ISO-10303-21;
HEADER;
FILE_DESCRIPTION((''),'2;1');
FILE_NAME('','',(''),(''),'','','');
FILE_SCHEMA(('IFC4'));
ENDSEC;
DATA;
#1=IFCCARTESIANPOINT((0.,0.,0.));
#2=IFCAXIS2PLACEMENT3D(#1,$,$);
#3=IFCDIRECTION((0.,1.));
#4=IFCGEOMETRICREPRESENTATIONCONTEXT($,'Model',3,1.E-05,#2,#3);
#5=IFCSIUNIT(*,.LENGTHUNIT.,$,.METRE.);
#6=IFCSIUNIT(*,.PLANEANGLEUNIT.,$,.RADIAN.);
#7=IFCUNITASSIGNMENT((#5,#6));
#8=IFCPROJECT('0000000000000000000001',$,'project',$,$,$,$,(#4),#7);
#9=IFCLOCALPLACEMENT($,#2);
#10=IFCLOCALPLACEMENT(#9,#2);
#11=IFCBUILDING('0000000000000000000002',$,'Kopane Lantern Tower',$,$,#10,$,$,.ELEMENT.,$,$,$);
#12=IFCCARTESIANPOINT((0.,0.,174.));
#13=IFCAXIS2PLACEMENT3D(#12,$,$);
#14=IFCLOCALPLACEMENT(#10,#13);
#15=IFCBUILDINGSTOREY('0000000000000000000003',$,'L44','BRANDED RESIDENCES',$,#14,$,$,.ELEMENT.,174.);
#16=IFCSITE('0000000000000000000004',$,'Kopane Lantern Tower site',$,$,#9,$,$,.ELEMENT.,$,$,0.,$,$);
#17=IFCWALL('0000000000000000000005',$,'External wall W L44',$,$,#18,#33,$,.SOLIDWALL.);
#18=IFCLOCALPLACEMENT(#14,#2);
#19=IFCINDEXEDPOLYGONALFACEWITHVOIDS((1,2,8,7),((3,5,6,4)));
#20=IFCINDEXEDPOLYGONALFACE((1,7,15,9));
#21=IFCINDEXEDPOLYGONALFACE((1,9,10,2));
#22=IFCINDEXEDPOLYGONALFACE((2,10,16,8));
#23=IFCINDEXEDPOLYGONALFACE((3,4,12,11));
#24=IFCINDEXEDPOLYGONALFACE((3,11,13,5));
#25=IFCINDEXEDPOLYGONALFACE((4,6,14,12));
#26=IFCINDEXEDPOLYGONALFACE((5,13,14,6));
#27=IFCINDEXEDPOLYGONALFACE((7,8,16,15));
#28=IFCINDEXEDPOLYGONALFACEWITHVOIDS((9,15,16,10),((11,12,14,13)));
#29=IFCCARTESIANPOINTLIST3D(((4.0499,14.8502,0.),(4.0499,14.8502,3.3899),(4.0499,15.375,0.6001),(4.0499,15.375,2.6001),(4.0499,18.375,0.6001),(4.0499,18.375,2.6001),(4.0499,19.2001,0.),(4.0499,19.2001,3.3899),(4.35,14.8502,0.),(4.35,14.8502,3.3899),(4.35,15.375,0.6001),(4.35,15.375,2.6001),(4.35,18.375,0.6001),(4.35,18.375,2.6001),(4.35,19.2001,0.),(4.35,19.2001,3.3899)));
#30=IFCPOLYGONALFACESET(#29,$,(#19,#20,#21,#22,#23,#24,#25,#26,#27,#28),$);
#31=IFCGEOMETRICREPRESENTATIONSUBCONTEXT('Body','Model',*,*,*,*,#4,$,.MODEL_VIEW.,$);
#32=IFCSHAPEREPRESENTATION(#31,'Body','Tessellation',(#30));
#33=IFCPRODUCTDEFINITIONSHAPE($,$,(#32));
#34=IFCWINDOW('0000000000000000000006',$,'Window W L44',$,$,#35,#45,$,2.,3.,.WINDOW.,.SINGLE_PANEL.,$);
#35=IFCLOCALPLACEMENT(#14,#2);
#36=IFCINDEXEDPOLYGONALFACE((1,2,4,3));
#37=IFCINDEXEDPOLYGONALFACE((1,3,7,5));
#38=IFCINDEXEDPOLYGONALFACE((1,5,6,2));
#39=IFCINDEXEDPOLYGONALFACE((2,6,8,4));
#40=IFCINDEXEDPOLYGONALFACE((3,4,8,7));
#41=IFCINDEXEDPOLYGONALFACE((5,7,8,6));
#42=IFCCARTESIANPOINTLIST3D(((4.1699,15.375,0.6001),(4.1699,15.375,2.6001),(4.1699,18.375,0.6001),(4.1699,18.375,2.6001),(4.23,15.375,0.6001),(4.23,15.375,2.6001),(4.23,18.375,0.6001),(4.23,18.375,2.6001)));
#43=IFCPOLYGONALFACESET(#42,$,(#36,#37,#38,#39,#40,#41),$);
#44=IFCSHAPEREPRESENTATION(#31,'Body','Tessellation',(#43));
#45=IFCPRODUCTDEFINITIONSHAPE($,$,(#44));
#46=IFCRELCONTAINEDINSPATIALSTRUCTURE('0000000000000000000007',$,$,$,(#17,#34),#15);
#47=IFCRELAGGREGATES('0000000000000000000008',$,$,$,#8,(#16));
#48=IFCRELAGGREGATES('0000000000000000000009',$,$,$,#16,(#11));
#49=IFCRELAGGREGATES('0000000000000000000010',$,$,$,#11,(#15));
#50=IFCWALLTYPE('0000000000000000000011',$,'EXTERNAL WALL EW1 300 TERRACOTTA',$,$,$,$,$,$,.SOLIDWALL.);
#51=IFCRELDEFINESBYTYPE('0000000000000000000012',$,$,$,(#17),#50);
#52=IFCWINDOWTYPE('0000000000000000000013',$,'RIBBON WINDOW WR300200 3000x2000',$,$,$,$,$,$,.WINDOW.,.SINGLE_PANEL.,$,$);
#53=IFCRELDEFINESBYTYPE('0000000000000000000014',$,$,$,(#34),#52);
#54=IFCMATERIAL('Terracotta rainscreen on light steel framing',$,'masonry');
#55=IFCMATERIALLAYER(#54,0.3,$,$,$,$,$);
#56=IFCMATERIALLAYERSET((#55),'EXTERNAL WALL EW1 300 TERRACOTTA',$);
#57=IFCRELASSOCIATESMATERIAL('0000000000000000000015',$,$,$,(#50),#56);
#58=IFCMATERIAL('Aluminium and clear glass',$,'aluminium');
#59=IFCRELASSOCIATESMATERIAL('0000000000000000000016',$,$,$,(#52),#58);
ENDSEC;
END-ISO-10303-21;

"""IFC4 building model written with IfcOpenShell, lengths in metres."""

from ifc_helpers import new_model, si_unit, direction, frame, frame_2d, origin, place, context, subcontext, project, spatial, rectangle, extrude, material, layer, layer_set, type_object, element, fill, save


model = new_model("IFC4")

# Units and contexts
model_context = context("Model", 3, precision=1e-05, world=origin(), true_north=direction((0.0, 1.0)))
body_context = subcontext(model_context, "Body", "Model", "MODEL_VIEW")
ifc_project = project(units=[si_unit("LENGTHUNIT", "METRE"), si_unit("PLANEANGLEUNIT", "RADIAN")], contexts=[model_context])

# Site, building, storey
site_placement = place(None, origin())
site = spatial("IfcSite", under=ifc_project, at=site_placement, Name="Kopane Lantern Tower site", CompositionType="ELEMENT", RefElevation=0.0)
building_placement = place(site_placement, origin())
building = spatial("IfcBuilding", under=site, at=building_placement, Name="Kopane Lantern Tower", CompositionType="ELEMENT")
storey_placement = place(building_placement, frame((0.0, 0.0, 174.0)))
storey = spatial("IfcBuildingStorey", under=building, at=storey_placement, Name="L44", Description="BRANDED RESIDENCES", CompositionType="ELEMENT", Elevation=174.0)

# Wall, opening, window
ifc_material_1 = material(Name="Terracotta rainscreen on light steel framing", Category="masonry")
ifc_layer_1 = layer(ifc_material_1, 0.3)
ifc_layer_set_1 = layer_set([ifc_layer_1], Name="EXTERNAL WALL EW1 300 TERRACOTTA")
wall_type_1 = type_object("IfcWallType", Name="EXTERNAL WALL EW1 300 TERRACOTTA", PredefinedType="SOLIDWALL", material=ifc_layer_set_1)
ifc_material_2 = material(Name="Aluminium and clear glass", Category="aluminium")
window_type = type_object("IfcWindowType", Name="RIBBON WINDOW WR300200 3000x2000", PartitioningType="SINGLE_PANEL", PredefinedType="WINDOW", material=ifc_material_2)
wall_1_placement = place(storey_placement, frame((4.2, 19.2, 0.0), z_axis=(0.0, 0.0, 1.0), x_axis=(0.0, -1.0, 0.0)))
wall_1 = element("IfcWall", 1, at=wall_1_placement, inside=storey, type_object=wall_type_1, Name="External wall W L44", PredefinedType="SOLIDWALL", context=body_context, shape_type="SweptSolid", body=[
    extrude(rectangle(XDim=4.3499, YDim=0.3, at=frame_2d((2.1748, 0.0))), origin(), (0.0, 0.0, 1.0), 3.3899),
])
opening_1_placement = place(wall_1_placement, frame((0.825, 0.0, 0.6001)))
opening_1 = element("IfcOpeningElement", 2, at=opening_1_placement, cuts=wall_1, PredefinedType="OPENING", context=body_context, shape_type="SweptSolid", body=[
    extrude(rectangle(XDim=3.0, YDim=2.0, at=frame_2d((1.5, 1.0))), frame((0.0, 0.1599, 0.0), z_axis=(0.0, -1.0, 0.0), x_axis=(1.0, 0.0, 0.0)), (0.0, 0.0, 1.0), 0.3201),
])
window_1_placement = place(opening_1_placement, origin())
window_1 = element("IfcWindow", 3, at=window_1_placement, inside=storey, type_object=window_type, Name="Window W L44", OverallHeight=2.0, OverallWidth=3.0, PartitioningType="SINGLE_PANEL", PredefinedType="WINDOW", context=body_context, shape_type="SweptSolid", body=[
    extrude(rectangle(XDim=3.0, YDim=2.0, at=frame_2d((1.5, 1.0))), frame((0.0, 0.03, 0.0), z_axis=(0.0, -1.0, 0.0), x_axis=(1.0, 0.0, 0.0)), (0.0, 0.0, 1.0), 0.0601),
])
fill(opening_1, window_1)

save(model, "model.ifc")
